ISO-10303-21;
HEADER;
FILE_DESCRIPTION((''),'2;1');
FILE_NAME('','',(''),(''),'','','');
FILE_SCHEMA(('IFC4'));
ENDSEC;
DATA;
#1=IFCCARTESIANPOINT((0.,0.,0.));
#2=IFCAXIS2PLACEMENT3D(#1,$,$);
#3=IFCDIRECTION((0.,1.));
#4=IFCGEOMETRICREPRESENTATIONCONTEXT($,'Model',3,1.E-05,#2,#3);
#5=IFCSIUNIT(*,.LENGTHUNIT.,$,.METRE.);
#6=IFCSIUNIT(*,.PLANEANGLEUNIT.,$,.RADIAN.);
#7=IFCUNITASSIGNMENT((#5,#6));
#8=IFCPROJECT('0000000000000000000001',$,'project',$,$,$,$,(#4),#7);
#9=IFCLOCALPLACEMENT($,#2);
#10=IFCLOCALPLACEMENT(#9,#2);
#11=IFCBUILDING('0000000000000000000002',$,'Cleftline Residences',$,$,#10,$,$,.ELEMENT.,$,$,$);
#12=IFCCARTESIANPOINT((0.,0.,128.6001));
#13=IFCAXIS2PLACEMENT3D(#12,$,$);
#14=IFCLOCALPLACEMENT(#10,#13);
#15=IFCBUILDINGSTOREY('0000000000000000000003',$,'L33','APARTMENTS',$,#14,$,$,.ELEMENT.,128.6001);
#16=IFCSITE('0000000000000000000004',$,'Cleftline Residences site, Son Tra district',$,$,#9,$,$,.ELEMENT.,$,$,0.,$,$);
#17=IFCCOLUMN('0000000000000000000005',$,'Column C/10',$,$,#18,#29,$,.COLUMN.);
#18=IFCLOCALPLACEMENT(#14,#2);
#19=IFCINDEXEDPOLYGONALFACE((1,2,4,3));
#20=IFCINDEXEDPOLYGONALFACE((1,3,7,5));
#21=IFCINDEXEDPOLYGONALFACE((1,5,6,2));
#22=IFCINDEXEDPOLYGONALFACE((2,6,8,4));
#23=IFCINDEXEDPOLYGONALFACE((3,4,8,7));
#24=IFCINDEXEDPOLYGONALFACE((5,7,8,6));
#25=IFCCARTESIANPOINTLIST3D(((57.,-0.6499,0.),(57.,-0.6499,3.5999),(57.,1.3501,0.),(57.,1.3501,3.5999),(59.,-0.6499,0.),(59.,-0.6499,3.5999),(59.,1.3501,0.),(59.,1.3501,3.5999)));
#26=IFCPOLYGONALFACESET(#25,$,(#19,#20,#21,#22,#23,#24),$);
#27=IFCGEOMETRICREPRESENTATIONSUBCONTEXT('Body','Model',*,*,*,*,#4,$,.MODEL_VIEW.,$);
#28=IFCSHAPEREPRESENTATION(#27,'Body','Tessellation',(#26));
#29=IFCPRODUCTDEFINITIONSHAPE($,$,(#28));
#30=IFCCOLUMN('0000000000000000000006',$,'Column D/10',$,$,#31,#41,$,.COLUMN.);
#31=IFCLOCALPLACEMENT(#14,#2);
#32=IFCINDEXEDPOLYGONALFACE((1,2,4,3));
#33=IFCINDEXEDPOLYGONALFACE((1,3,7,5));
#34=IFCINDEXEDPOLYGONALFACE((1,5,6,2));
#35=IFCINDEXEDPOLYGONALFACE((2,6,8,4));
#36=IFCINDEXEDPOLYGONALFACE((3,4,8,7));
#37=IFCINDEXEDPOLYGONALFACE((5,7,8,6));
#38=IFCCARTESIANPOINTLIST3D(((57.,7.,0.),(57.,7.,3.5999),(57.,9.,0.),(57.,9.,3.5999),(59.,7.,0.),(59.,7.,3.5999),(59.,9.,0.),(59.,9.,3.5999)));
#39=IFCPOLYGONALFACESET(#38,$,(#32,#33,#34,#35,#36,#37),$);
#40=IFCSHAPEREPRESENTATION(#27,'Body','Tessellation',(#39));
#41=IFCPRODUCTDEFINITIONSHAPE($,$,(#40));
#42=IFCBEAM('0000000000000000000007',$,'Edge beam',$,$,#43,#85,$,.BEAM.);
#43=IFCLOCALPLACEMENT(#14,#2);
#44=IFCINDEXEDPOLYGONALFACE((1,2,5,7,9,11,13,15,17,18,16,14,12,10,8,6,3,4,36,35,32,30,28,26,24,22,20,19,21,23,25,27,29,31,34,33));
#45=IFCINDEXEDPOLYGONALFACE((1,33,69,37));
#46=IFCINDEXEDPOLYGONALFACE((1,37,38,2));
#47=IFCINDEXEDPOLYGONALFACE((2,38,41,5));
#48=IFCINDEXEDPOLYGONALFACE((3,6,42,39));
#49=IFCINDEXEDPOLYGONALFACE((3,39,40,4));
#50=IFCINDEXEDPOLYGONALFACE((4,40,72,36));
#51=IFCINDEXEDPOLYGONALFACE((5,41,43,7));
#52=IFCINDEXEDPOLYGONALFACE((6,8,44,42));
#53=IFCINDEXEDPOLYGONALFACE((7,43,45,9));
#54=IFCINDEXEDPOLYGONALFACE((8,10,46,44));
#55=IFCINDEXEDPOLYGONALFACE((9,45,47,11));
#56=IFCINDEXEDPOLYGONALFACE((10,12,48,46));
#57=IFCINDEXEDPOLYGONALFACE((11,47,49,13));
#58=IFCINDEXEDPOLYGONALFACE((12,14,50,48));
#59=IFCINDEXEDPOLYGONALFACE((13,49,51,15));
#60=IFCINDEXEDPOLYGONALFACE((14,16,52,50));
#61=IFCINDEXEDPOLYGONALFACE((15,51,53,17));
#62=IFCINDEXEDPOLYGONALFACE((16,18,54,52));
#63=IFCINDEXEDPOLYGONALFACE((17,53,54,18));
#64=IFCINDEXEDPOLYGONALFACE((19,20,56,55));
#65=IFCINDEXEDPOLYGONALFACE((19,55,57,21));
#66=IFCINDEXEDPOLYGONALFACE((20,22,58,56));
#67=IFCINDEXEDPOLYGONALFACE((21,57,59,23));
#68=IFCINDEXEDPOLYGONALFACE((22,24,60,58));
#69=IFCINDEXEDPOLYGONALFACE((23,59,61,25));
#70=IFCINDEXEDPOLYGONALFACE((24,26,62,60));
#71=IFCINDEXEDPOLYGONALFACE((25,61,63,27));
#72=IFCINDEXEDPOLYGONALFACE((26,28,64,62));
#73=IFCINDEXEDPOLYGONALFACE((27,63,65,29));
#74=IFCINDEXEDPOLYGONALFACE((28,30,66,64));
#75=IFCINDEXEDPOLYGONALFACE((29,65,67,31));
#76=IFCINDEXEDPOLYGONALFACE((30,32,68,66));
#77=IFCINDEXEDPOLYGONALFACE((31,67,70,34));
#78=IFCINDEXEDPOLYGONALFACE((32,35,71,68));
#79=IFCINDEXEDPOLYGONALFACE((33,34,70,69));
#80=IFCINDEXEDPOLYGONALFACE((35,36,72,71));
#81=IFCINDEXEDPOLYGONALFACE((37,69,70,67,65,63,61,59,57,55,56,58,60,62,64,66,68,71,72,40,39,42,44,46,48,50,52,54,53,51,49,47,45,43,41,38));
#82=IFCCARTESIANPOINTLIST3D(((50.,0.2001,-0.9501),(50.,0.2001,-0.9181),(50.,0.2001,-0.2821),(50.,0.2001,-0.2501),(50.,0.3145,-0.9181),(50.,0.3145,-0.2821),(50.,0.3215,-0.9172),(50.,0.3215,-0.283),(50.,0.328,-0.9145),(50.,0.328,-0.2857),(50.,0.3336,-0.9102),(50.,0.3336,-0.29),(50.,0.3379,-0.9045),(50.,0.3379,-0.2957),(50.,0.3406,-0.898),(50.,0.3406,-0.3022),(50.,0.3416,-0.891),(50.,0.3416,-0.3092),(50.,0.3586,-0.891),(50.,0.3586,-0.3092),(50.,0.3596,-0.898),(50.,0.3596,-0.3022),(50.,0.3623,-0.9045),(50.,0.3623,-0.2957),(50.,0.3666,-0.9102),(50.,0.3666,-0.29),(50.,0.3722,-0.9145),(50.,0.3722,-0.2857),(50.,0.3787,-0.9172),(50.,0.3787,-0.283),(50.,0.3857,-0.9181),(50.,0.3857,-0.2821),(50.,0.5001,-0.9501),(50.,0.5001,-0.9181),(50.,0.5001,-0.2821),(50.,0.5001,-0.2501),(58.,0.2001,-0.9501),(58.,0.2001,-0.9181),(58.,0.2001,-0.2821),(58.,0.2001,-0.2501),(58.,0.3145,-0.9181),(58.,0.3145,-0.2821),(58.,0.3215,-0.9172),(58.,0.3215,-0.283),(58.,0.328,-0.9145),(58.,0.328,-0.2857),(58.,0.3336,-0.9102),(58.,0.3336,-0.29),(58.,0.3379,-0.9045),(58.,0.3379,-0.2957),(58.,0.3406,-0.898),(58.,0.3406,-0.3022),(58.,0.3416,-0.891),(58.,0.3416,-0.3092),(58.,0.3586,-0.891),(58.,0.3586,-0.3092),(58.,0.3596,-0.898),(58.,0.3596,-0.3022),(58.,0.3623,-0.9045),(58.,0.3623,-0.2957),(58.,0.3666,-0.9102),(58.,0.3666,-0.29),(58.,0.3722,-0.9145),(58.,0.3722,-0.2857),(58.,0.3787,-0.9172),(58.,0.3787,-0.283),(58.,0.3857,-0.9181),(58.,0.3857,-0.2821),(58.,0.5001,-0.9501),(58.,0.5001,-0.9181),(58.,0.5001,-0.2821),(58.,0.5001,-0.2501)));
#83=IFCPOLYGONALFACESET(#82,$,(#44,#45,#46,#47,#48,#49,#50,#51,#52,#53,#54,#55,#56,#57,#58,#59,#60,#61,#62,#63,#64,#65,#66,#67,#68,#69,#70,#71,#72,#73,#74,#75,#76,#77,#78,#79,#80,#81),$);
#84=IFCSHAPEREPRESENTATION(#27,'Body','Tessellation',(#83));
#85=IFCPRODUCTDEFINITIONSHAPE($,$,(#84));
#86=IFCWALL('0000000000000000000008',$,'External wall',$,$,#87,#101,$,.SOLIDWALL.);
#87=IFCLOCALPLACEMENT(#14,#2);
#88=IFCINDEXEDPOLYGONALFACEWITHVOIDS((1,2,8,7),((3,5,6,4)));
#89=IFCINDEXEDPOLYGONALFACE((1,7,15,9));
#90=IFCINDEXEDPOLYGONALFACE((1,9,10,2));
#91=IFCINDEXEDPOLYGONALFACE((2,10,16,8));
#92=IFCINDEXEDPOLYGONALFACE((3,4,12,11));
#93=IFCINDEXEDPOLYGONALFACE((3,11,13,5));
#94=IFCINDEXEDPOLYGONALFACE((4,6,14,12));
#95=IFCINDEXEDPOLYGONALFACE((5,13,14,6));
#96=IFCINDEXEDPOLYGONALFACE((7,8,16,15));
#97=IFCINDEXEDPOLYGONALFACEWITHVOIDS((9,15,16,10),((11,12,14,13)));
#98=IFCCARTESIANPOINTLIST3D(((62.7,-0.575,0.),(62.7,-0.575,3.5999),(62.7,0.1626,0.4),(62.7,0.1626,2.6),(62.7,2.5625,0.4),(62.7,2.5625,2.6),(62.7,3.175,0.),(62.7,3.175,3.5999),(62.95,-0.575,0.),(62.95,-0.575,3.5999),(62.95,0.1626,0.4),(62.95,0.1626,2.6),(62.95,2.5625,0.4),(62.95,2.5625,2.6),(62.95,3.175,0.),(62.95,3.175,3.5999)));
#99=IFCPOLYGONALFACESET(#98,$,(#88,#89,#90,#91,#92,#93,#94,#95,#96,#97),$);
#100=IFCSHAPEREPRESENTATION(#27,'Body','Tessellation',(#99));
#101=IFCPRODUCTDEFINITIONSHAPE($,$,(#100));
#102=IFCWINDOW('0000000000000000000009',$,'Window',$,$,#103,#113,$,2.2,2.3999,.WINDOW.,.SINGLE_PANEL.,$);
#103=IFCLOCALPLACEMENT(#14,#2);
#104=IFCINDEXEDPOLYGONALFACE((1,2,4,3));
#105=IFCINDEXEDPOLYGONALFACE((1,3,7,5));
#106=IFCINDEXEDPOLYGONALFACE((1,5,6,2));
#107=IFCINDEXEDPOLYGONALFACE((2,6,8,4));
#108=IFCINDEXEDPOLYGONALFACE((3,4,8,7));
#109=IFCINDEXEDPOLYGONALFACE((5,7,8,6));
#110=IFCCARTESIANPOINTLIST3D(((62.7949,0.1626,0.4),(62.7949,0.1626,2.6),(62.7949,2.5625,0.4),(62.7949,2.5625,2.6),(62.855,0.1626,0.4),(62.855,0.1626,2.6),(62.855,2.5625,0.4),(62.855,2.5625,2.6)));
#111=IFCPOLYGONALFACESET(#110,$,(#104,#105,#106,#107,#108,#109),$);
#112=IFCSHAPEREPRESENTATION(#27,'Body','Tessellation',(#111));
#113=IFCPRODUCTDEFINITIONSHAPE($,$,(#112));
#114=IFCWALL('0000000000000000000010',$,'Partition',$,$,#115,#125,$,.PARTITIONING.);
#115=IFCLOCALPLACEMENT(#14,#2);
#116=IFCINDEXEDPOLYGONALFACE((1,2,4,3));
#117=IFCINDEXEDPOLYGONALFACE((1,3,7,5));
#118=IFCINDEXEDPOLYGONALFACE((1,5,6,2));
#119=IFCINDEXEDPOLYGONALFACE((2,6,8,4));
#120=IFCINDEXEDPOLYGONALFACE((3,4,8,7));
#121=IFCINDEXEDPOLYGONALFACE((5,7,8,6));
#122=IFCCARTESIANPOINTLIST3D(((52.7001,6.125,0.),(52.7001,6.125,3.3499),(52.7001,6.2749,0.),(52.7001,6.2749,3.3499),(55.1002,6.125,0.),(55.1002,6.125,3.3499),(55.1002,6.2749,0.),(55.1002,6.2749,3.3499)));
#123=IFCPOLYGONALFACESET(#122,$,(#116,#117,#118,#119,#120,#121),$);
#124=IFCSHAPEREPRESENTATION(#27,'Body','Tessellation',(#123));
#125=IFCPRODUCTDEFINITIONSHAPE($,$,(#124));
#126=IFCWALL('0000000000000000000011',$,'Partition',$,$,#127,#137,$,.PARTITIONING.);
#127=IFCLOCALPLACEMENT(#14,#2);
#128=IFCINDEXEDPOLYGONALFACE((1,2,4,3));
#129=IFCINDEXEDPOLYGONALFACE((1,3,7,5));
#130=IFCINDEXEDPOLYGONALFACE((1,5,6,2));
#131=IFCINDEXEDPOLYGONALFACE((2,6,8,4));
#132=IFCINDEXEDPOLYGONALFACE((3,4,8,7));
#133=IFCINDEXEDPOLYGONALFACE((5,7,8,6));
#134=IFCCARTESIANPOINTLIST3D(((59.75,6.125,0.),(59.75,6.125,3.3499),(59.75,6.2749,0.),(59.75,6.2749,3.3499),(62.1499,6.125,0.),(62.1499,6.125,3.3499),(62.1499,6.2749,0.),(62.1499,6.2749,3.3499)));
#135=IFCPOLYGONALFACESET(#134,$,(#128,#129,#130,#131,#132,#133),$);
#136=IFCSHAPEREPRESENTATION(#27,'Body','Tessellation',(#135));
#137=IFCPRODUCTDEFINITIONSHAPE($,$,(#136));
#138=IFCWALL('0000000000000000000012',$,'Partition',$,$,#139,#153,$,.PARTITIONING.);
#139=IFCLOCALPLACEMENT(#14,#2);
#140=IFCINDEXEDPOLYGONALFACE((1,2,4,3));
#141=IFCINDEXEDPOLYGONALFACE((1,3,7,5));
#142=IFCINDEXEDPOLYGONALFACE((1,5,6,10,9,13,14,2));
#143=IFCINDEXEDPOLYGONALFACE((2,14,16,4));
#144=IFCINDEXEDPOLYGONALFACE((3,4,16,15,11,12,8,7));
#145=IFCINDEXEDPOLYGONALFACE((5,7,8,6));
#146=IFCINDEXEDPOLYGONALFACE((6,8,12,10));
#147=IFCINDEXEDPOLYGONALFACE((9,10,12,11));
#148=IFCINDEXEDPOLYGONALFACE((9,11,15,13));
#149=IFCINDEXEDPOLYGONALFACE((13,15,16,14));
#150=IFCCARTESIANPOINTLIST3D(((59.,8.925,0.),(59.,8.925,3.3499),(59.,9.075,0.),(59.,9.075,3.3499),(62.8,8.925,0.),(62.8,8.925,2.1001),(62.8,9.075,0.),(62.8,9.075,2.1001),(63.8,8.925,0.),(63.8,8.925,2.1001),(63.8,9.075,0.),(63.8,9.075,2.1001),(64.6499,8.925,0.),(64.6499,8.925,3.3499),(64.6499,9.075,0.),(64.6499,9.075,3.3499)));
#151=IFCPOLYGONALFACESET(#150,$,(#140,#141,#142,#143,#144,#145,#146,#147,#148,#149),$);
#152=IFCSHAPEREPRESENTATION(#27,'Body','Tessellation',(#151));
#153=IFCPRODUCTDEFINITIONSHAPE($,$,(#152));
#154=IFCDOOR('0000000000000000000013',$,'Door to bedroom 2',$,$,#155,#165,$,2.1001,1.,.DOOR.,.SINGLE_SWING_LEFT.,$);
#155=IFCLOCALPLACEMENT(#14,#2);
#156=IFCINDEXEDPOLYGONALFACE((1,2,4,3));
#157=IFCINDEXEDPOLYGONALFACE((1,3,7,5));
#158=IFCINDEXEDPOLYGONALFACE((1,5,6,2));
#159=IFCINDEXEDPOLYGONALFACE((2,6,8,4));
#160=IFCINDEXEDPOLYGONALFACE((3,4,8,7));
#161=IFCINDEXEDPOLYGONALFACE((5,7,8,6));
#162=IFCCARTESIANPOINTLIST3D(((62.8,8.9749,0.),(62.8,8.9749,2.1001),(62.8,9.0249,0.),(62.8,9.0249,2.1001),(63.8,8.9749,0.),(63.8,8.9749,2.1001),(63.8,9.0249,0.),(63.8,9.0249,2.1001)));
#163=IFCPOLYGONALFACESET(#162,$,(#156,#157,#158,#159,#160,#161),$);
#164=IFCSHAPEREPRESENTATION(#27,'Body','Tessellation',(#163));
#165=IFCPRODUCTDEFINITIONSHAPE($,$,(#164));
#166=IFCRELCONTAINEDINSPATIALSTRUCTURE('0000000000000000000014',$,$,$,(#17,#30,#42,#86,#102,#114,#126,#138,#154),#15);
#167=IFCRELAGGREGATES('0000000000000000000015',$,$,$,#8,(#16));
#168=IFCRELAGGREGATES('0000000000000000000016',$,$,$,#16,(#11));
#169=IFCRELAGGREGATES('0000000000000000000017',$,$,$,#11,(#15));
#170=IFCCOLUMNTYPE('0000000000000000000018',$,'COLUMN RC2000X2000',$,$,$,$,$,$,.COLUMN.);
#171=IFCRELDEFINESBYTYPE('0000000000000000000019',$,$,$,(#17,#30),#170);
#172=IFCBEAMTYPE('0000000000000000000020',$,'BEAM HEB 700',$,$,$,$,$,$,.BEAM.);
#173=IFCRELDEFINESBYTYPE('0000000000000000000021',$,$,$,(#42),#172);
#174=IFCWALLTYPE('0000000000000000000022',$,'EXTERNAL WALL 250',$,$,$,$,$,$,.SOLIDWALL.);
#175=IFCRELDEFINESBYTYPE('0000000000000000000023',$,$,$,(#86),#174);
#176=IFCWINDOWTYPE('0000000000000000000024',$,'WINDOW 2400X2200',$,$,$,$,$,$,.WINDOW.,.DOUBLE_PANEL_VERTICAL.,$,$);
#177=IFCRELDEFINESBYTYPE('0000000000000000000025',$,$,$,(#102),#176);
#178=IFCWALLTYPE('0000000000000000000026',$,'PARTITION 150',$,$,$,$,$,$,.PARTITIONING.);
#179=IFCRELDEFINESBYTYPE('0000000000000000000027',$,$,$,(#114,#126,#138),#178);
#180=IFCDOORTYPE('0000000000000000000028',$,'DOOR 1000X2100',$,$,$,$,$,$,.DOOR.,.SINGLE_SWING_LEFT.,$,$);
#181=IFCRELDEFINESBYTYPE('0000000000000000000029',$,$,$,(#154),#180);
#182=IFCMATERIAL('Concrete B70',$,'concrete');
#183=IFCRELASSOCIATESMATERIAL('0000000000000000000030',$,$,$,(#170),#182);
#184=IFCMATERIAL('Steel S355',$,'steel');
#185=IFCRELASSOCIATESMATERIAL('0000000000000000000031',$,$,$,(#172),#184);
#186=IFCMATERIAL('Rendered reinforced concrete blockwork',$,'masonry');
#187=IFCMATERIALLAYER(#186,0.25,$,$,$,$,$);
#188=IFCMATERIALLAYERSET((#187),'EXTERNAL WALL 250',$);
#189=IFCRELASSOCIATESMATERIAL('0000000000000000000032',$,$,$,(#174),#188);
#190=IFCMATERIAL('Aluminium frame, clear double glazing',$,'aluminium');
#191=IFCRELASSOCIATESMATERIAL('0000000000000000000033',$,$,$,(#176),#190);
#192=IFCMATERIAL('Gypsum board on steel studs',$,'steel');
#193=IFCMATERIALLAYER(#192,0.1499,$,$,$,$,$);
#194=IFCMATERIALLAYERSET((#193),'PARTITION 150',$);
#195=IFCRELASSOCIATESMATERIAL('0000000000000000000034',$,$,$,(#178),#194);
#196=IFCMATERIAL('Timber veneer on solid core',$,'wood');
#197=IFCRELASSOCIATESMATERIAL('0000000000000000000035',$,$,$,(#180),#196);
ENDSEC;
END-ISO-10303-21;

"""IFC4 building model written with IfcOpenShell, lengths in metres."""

from ifc_helpers import new_model, si_unit, direction, frame, frame_2d, origin, origin_2d, place, context, subcontext, project, spatial, rectangle, i_section, extrude, material, layer, layer_set, material_profile, profile_set, type_object, element, fill, save


model = new_model("IFC4")

# Units and contexts
model_context = context("Model", 3, precision=1e-05, world=origin(), true_north=direction((0.0, 1.0)))
body_context = subcontext(model_context, "Body", "Model", "MODEL_VIEW")
ifc_project = project(units=[si_unit("LENGTHUNIT", "METRE"), si_unit("PLANEANGLEUNIT", "RADIAN")], contexts=[model_context])

# Site, building, storey
site_placement = place(None, origin())
site = spatial("IfcSite", under=ifc_project, at=site_placement, Name="Cleftline Residences site, Son Tra district", CompositionType="ELEMENT", RefElevation=0.0)
building_placement = place(site_placement, origin())
building = spatial("IfcBuilding", under=site, at=building_placement, Name="Cleftline Residences", CompositionType="ELEMENT")
storey_placement = place(building_placement, frame((0.0, 0.0, 128.6001)))
storey = spatial("IfcBuildingStorey", under=building, at=storey_placement, Name="L33", Description="APARTMENTS", CompositionType="ELEMENT", Elevation=128.6001)

# Columns
ifc_material_1 = material(Name="Concrete B70", Category="concrete")
ifc_material_profile_1 = material_profile(ifc_material_1, rectangle(XDim=2.0, YDim=2.0, at=origin_2d()))
ifc_profile_set_1 = profile_set([ifc_material_profile_1], Name="Concrete B70")
column_type = type_object("IfcColumnType", Name="COLUMN RC2000X2000", PredefinedType="COLUMN", material=ifc_profile_set_1)
for number, where, z_axis, x_axis, name in (
    (1, (58.0, 0.3501, 0.0), (0.0, 0.0, 1.0), (1.0, 0.0, 0.0), "Column C/10"),
    (2, (58.0, 8.0, 0.0), (0.0, 0.0, 1.0), (1.0, 0.0, 0.0), "Column D/10"),
):
    element("IfcColumn", number, at=place(storey_placement, frame(where, z_axis=z_axis, x_axis=x_axis)), inside=storey, type_object=column_type, Name=name, PredefinedType="COLUMN", context=body_context, shape_type="SweptSolid", body=[
        extrude(rectangle(XDim=2.0, YDim=2.0, at=origin_2d()), origin(), (0.0, 0.0, 1.0), 3.5999),
    ])

# Beam
ifc_material_2 = material(Name="Steel S355", Category="steel")
ifc_material_profile_2 = material_profile(ifc_material_2, i_section(OverallWidth=0.3, OverallDepth=0.7, WebThickness=0.0171, FlangeThickness=0.032, FilletRadius=0.0271, at=origin_2d()))
ifc_profile_set_2 = profile_set([ifc_material_profile_2], Name="Steel S355")
beam_type = type_object("IfcBeamType", Name="BEAM HEB 700", PredefinedType="BEAM", material=ifc_profile_set_2)
beam_placement = place(storey_placement, frame((58.0, 0.3501, -0.6001), z_axis=(-1.0, 0.0, 0.0), x_axis=(0.0, -1.0, 0.0)))
element("IfcBeam", 3, at=beam_placement, inside=storey, type_object=beam_type, Name="Edge beam", PredefinedType="BEAM", context=body_context, shape_type="SweptSolid", body=[
    extrude(i_section(OverallWidth=0.3, OverallDepth=0.7, WebThickness=0.0171, FlangeThickness=0.032, FilletRadius=0.0271, at=origin_2d()), origin(), (0.0, 0.0, 1.0), 8.0),
])

# Wall, opening, window
ifc_material_3 = material(Name="Rendered reinforced concrete blockwork", Category="masonry")
ifc_layer_1 = layer(ifc_material_3, 0.25)
ifc_layer_set_1 = layer_set([ifc_layer_1], Name="EXTERNAL WALL 250")
wall_type_1 = type_object("IfcWallType", Name="EXTERNAL WALL 250", PredefinedType="SOLIDWALL", material=ifc_layer_set_1)
wall_1_placement = place(storey_placement, frame((62.825, -0.575, 0.0), z_axis=(0.0, 0.0, 1.0), x_axis=(0.0, 1.0, 0.0)))
wall_1 = element("IfcWall", 4, at=wall_1_placement, inside=storey, type_object=wall_type_1, Name="External wall", PredefinedType="SOLIDWALL", context=body_context, shape_type="SweptSolid", body=[
    extrude(rectangle(XDim=3.75, YDim=0.25, at=frame_2d((1.875, 0.0))), origin(), (0.0, 0.0, 1.0), 3.5999),
])
opening_1_placement = place(wall_1_placement, frame((0.7375, 0.0, 0.3999)))
opening_1 = element("IfcOpeningElement", 5, at=opening_1_placement, cuts=wall_1, PredefinedType="OPENING", context=body_context, shape_type="SweptSolid", body=[
    extrude(rectangle(XDim=2.3999, YDim=2.2, at=frame_2d((1.2, 1.1001))), frame((0.0, 0.135, 0.0), z_axis=(0.0, -1.0, 0.0), x_axis=(1.0, 0.0, 0.0)), (0.0, 0.0, 1.0), 0.27),
])
ifc_material_4 = material(Name="Aluminium frame, clear double glazing", Category="aluminium")
window_type = type_object("IfcWindowType", Name="WINDOW 2400X2200", PartitioningType="DOUBLE_PANEL_VERTICAL", PredefinedType="WINDOW", material=ifc_material_4)
window_placement = place(opening_1_placement, origin())
window = element("IfcWindow", 6, at=window_placement, inside=storey, type_object=window_type, Name="Window", OverallHeight=2.2, OverallWidth=2.3999, PartitioningType="SINGLE_PANEL", PredefinedType="WINDOW", context=body_context, shape_type="SweptSolid", body=[
    extrude(rectangle(XDim=2.3999, YDim=2.2, at=frame_2d((1.2, 1.1001))), frame((0.0, 0.03, 0.0), z_axis=(0.0, -1.0, 0.0), x_axis=(1.0, 0.0, 0.0)), (0.0, 0.0, 1.0), 0.0601),
])
fill(opening_1, window)

# Walls
ifc_material_5 = material(Name="Gypsum board on steel studs", Category="steel")
ifc_layer_2 = layer(ifc_material_5, 0.1499)
ifc_layer_set_2 = layer_set([ifc_layer_2], Name="PARTITION 150")
wall_type_2 = type_object("IfcWallType", Name="PARTITION 150", PredefinedType="PARTITIONING", material=ifc_layer_set_2)
wall_2_placement = place(storey_placement, frame((52.7, 6.2, 0.0), z_axis=(0.0, 0.0, 1.0), x_axis=(1.0, 0.0, 0.0)))
element("IfcWall", 7, at=wall_2_placement, inside=storey, type_object=wall_type_2, Name="Partition", PredefinedType="PARTITIONING", context=body_context, shape_type="SweptSolid", body=[
    extrude(rectangle(XDim=2.4001, YDim=0.1499, at=frame_2d((1.2002, 0.0))), origin(), (0.0, 0.0, 1.0), 3.3499),
])
wall_3_placement = place(storey_placement, frame((59.75, 6.2, 0.0), z_axis=(0.0, 0.0, 1.0), x_axis=(1.0, 0.0, 0.0)))
element("IfcWall", 8, at=wall_3_placement, inside=storey, type_object=wall_type_2, Name="Partition", PredefinedType="PARTITIONING", context=body_context, shape_type="SweptSolid", body=[
    extrude(rectangle(XDim=2.3999, YDim=0.1499, at=frame_2d((1.2, 0.0))), origin(), (0.0, 0.0, 1.0), 3.3499),
])

# Wall, opening, door
wall_4_placement = place(storey_placement, frame((59.0, 9.0, 0.0), z_axis=(0.0, 0.0, 1.0), x_axis=(1.0, 0.0, 0.0)))
wall_4 = element("IfcWall", 9, at=wall_4_placement, inside=storey, type_object=wall_type_2, Name="Partition", PredefinedType="PARTITIONING", context=body_context, shape_type="SweptSolid", body=[
    extrude(rectangle(XDim=5.6499, YDim=0.1499, at=frame_2d((2.825, 0.0))), origin(), (0.0, 0.0, 1.0), 3.3499),
])
opening_2_placement = place(wall_4_placement, frame((3.8, 0.0, 0.0)))
opening_2 = element("IfcOpeningElement", 10, at=opening_2_placement, cuts=wall_4, PredefinedType="OPENING", context=body_context, shape_type="SweptSolid", body=[
    extrude(rectangle(XDim=1.0, YDim=2.1001, at=frame_2d((0.5, 1.05))), frame((0.0, 0.085, 0.0), z_axis=(0.0, -1.0, 0.0), x_axis=(1.0, 0.0, 0.0)), (0.0, 0.0, 1.0), 0.1699),
])
ifc_material_6 = material(Name="Timber veneer on solid core", Category="wood")
door_type_1 = type_object("IfcDoorType", Name="DOOR 1000X2100", OperationType="SINGLE_SWING_LEFT", PredefinedType="DOOR", material=ifc_material_6)
door_1_placement = place(opening_2_placement, origin())
door_1 = element("IfcDoor", 11, at=door_1_placement, inside=storey, type_object=door_type_1, Name="Door to bedroom 2", OperationType="SINGLE_SWING_LEFT", OverallHeight=2.1001, OverallWidth=1.0, PredefinedType="DOOR", context=body_context, shape_type="SweptSolid", body=[
    extrude(rectangle(XDim=1.0, YDim=2.1001, at=frame_2d((0.5, 1.05))), frame((0.0, 0.0249, 0.0), z_axis=(0.0, -1.0, 0.0), x_axis=(1.0, 0.0, 0.0)), (0.0, 0.0, 1.0), 0.05),
])
fill(opening_2, door_1)

save(model, "model.ifc")
